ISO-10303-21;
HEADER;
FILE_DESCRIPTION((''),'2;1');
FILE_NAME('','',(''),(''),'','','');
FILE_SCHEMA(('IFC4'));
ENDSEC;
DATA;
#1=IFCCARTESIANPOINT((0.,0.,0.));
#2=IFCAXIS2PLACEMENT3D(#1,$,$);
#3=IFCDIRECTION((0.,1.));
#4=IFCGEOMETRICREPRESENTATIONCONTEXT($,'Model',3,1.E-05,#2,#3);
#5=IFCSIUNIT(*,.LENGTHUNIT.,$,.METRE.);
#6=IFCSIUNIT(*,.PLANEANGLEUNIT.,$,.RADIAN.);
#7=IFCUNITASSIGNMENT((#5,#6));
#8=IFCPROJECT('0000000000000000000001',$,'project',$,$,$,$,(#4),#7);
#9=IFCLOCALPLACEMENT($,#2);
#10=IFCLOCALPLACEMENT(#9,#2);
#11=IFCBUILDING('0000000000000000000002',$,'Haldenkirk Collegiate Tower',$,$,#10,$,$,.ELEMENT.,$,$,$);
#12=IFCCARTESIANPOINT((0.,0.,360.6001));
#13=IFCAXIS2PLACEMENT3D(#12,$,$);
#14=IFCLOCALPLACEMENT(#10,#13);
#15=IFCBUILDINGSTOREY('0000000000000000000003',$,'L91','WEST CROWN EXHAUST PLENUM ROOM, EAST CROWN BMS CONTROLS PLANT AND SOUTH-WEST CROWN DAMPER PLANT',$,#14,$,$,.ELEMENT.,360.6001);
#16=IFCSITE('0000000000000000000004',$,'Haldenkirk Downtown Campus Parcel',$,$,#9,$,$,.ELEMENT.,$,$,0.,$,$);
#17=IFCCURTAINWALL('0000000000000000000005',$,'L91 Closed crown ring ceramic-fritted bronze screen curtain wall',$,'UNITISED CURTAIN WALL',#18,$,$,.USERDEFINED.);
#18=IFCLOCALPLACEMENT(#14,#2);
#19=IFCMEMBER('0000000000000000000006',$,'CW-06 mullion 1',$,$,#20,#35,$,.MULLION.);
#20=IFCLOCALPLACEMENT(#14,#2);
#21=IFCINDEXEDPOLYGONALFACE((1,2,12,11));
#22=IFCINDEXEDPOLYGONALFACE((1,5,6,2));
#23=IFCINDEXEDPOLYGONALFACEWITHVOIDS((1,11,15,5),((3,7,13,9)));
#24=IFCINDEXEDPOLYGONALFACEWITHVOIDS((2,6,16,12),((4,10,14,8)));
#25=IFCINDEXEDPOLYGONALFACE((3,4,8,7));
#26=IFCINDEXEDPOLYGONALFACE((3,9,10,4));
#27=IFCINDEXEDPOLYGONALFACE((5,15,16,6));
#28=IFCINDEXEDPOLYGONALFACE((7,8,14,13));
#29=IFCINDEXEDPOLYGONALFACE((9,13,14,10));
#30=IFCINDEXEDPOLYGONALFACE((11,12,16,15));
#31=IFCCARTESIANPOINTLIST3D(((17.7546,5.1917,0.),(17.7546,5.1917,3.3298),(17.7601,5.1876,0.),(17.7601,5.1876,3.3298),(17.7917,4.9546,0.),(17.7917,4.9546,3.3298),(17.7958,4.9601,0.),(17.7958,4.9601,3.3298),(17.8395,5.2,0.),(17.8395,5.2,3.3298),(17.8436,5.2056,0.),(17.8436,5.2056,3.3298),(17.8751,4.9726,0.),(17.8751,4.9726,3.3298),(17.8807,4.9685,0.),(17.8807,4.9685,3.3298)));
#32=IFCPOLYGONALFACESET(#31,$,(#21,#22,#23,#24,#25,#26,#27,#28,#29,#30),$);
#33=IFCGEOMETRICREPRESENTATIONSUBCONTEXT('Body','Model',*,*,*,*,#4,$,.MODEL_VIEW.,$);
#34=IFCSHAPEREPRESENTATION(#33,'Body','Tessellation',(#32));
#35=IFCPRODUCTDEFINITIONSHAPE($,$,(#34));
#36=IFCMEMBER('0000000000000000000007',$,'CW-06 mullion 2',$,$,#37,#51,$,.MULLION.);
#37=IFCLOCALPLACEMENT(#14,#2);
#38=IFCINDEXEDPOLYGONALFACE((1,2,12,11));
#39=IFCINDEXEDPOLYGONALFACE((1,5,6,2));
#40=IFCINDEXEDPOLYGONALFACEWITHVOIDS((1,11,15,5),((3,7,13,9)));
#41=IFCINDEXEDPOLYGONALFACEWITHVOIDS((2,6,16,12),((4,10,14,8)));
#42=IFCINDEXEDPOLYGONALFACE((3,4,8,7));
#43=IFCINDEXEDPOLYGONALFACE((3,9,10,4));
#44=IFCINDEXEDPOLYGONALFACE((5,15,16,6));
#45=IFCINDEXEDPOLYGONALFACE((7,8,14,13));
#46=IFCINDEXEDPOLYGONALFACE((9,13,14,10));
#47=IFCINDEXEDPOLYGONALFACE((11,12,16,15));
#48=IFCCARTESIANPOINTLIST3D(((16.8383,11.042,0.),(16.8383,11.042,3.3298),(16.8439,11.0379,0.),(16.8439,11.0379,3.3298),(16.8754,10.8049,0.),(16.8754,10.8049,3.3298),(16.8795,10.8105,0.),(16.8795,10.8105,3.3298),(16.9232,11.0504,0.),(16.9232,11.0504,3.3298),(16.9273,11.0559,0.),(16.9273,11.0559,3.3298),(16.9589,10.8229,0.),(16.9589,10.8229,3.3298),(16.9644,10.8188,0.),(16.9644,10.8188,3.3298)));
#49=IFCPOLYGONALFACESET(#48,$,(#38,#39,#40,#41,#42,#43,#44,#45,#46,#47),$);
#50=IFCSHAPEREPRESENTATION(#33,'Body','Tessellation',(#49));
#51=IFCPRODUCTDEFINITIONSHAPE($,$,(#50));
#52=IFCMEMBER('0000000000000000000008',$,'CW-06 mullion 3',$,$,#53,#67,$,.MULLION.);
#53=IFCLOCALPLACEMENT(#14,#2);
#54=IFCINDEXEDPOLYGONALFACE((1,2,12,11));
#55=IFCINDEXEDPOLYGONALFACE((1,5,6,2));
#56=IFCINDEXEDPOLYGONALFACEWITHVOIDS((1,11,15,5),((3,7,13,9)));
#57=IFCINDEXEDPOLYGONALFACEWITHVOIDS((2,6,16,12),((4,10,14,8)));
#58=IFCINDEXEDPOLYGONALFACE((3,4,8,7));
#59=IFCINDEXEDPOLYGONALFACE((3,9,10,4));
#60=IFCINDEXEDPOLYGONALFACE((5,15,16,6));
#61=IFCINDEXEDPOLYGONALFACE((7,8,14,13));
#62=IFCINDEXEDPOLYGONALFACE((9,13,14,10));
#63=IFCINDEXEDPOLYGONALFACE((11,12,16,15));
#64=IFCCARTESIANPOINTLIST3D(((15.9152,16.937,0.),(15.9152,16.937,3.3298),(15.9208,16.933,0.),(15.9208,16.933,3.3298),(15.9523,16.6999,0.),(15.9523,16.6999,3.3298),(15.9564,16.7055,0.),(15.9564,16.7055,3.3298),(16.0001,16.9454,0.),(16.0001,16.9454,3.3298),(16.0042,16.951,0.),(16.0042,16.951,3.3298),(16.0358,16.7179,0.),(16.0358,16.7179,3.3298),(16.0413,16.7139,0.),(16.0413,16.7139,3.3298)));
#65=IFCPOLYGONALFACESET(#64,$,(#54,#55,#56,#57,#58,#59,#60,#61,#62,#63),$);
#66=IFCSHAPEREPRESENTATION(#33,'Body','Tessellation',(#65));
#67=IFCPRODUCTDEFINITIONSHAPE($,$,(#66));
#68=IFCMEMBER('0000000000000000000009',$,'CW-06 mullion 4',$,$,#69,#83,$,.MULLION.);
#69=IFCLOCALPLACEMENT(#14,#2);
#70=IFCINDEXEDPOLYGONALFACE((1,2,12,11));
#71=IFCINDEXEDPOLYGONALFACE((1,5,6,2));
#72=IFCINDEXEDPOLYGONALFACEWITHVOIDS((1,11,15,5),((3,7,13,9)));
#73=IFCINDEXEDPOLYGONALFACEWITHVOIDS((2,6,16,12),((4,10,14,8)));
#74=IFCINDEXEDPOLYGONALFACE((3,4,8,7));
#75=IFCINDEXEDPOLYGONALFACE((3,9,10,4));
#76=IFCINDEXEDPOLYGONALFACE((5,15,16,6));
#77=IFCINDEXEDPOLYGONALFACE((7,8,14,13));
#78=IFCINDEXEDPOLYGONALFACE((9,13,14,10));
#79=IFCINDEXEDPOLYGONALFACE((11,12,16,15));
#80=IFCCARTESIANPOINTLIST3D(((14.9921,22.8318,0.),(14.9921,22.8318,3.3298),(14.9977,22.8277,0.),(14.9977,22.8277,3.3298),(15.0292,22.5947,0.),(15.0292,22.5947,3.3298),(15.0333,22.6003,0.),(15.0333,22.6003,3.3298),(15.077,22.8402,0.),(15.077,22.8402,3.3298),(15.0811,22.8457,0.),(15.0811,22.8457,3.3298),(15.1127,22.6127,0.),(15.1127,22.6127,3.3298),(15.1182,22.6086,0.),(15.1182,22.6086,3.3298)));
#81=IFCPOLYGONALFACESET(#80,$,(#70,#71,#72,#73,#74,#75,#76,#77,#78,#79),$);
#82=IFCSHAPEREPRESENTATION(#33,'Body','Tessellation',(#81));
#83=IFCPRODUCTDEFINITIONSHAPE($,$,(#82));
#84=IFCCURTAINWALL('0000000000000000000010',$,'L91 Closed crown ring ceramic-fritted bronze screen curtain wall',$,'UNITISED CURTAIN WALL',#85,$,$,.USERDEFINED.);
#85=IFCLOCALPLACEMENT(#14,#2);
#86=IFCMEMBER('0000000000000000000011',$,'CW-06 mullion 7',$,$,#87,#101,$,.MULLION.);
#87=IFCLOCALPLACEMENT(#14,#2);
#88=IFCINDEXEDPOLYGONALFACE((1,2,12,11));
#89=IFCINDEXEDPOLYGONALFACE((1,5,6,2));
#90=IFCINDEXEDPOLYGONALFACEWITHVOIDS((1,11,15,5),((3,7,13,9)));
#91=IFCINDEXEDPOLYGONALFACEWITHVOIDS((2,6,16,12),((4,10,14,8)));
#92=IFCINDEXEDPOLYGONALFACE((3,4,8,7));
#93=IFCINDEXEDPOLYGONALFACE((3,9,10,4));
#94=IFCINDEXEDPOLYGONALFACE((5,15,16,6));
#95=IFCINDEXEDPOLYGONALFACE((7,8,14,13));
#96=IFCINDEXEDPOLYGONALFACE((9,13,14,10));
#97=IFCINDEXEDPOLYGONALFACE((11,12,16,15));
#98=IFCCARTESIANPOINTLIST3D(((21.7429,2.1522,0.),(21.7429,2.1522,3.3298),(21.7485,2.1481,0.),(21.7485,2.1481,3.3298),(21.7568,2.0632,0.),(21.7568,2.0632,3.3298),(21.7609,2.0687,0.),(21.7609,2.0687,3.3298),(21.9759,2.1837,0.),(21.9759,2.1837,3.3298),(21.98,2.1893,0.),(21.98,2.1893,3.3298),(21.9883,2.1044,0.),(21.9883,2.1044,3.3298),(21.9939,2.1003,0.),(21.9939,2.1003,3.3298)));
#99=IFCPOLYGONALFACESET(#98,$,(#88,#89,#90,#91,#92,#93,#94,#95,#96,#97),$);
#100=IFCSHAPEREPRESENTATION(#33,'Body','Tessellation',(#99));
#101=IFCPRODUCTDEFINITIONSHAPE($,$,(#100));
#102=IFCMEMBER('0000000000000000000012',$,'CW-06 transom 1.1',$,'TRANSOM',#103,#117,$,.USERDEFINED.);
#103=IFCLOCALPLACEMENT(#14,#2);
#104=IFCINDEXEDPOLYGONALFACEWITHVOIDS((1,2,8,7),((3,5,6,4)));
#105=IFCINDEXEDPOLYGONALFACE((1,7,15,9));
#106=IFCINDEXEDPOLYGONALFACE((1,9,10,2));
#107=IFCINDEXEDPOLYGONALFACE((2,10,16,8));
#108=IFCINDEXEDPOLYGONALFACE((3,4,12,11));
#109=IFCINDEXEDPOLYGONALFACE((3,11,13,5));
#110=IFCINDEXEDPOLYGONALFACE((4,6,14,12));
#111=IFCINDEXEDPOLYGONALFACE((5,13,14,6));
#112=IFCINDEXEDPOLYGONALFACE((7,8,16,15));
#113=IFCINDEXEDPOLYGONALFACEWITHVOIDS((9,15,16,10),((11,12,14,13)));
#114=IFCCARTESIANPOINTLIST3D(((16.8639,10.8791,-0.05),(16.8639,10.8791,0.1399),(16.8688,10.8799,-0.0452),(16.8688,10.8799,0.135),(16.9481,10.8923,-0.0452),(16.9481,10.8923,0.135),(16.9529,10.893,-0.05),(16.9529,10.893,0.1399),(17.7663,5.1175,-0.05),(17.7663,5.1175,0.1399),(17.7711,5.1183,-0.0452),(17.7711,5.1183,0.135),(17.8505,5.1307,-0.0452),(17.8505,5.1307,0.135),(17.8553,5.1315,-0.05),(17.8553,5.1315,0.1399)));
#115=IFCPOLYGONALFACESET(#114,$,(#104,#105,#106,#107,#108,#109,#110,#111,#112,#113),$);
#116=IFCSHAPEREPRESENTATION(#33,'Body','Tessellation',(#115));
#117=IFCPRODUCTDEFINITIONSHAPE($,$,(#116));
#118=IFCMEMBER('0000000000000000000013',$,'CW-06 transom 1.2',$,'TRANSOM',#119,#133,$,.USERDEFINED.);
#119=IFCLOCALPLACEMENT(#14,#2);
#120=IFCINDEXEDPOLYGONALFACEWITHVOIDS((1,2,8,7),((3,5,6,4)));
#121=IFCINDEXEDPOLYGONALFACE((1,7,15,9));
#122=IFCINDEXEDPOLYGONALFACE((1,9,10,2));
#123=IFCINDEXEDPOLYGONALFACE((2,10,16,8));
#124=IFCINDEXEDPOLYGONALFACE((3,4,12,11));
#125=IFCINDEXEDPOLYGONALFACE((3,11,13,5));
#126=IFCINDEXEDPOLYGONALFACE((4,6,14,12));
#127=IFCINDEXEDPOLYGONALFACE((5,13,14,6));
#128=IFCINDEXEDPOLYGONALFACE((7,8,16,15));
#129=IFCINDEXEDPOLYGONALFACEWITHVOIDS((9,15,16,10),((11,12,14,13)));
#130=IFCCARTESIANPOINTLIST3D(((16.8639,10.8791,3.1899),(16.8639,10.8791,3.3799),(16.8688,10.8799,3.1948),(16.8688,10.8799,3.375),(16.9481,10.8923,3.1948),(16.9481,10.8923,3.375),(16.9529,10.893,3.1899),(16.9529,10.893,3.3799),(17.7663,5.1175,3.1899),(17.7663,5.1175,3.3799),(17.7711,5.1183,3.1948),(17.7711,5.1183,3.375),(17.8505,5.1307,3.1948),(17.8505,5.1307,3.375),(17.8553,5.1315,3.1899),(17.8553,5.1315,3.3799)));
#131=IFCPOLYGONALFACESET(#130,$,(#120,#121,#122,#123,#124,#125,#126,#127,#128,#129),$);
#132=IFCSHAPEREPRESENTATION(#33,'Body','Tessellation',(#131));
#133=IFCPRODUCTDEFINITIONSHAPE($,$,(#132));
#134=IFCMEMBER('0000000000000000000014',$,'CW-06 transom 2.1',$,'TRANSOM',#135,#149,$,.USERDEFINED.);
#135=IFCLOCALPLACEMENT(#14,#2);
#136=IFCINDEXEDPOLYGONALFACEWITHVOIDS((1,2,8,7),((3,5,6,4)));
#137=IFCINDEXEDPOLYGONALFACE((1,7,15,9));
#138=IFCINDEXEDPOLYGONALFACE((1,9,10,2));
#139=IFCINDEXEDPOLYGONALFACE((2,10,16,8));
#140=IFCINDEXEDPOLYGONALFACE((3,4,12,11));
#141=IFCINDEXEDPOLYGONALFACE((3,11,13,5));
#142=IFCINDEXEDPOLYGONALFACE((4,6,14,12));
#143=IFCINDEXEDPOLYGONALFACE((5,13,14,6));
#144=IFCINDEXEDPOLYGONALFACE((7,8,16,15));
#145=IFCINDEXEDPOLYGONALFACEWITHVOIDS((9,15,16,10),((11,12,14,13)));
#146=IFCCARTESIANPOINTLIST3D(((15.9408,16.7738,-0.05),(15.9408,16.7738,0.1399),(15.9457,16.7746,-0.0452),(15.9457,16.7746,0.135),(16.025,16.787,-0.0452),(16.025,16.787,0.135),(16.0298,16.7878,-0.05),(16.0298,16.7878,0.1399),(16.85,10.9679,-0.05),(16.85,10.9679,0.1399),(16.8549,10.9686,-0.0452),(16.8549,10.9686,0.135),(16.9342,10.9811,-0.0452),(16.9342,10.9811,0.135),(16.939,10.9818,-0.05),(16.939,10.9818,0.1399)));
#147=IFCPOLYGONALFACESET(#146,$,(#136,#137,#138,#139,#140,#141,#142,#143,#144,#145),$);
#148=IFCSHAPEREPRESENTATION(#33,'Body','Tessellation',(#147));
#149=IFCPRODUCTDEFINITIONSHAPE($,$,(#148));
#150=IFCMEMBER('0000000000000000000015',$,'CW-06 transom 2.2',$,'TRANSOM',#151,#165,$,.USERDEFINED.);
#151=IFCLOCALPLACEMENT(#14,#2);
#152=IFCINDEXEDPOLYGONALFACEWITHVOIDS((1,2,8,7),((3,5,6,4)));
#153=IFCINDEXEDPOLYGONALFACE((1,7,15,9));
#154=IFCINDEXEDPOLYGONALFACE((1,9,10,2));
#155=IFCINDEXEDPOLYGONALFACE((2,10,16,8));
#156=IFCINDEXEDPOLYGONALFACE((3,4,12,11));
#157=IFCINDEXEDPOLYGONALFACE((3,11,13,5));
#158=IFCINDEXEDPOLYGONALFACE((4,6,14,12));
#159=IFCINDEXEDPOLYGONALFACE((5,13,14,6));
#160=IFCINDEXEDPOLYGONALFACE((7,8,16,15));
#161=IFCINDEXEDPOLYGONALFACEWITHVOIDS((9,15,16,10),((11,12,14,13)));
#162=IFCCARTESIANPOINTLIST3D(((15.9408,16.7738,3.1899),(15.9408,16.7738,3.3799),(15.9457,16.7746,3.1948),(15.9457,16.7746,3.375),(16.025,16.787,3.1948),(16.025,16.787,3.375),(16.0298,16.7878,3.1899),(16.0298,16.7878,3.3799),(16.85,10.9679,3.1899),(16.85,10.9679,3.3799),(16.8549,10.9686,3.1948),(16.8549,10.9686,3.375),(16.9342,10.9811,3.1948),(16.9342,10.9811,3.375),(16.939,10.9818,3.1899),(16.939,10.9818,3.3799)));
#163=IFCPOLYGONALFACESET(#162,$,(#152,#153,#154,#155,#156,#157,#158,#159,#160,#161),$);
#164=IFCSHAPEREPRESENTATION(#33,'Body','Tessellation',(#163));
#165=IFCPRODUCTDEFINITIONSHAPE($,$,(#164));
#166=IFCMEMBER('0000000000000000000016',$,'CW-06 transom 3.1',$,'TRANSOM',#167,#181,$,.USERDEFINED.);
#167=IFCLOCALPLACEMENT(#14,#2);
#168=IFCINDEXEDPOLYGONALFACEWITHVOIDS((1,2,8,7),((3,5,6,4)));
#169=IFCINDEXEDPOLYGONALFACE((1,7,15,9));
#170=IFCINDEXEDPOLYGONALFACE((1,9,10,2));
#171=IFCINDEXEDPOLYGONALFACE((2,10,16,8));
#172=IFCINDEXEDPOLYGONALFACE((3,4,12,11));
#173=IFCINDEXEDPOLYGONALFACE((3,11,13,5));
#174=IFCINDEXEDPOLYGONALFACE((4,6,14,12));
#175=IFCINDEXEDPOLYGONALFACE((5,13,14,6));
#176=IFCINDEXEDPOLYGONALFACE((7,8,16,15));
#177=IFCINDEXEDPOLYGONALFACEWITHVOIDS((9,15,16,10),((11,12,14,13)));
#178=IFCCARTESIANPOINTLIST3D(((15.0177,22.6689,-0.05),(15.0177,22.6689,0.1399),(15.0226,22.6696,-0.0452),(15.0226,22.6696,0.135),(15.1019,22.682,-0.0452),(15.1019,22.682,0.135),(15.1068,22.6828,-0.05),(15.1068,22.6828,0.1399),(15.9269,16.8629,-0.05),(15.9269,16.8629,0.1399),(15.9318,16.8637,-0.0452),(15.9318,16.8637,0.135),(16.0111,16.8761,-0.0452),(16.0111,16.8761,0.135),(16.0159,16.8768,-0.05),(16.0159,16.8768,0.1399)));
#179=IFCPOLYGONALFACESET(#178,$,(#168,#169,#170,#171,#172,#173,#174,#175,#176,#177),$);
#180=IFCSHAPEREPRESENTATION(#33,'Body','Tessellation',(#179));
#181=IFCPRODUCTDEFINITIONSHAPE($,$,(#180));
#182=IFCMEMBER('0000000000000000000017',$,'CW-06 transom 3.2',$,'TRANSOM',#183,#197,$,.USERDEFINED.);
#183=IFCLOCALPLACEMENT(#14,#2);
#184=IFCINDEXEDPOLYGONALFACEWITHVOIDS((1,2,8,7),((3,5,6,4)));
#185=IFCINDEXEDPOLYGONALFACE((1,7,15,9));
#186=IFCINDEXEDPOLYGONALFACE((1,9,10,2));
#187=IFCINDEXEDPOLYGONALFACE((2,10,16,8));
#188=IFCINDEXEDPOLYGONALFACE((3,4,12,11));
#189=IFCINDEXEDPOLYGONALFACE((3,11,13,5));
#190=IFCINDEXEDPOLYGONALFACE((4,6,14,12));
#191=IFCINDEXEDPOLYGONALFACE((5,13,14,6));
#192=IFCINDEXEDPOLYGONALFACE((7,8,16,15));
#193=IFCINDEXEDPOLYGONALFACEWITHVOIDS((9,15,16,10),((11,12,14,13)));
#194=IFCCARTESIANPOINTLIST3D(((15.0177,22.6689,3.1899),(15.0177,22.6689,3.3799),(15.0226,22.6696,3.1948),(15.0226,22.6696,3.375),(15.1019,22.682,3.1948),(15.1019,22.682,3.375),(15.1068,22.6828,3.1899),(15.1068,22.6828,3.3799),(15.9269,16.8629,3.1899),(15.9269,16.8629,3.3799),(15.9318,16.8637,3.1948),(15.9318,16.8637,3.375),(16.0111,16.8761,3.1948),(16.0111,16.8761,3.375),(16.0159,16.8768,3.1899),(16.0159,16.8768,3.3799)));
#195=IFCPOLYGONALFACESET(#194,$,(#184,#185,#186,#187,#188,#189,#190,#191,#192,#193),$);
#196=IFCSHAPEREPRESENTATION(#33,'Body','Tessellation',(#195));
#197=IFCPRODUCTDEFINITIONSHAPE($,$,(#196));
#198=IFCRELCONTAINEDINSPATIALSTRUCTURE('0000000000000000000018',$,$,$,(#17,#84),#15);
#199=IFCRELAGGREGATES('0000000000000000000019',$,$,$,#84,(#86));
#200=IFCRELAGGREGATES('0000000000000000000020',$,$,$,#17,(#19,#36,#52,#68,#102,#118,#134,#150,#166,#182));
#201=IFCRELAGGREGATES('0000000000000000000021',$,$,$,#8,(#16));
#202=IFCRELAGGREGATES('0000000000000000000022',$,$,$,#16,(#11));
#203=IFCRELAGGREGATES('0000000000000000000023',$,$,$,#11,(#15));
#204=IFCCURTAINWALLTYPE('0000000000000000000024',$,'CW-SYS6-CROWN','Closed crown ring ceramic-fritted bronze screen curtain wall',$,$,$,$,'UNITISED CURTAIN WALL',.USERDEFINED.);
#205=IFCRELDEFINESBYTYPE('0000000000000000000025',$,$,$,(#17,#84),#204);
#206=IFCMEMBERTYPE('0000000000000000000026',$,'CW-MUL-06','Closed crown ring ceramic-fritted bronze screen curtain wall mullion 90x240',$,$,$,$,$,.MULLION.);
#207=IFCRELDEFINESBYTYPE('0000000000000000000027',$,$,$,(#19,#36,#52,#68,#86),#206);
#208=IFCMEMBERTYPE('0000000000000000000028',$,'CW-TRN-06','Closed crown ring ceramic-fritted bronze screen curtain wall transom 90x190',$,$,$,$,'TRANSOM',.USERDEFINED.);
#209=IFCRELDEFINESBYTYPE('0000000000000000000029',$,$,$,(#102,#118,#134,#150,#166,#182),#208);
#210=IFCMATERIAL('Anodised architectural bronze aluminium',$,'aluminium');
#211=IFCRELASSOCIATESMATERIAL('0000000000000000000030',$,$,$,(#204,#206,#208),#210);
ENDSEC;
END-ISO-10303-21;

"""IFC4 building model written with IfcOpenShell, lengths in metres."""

from ifc_helpers import new_model, si_unit, direction, frame, origin, origin_2d, place, context, subcontext, project, spatial, hollow_rectangle, extrude, material, material_profile, profile_set, type_object, element, aggregate, save


model = new_model("IFC4")

# Units and contexts
model_context = context("Model", 3, precision=1e-05, world=origin(), true_north=direction((0.0, 1.0)))
body_context = subcontext(model_context, "Body", "Model", "MODEL_VIEW")
ifc_project = project(units=[si_unit("LENGTHUNIT", "METRE"), si_unit("PLANEANGLEUNIT", "RADIAN")], contexts=[model_context])

# Site, building, storey
site_placement = place(None, origin())
site = spatial("IfcSite", under=ifc_project, at=site_placement, Name="Haldenkirk Downtown Campus Parcel", CompositionType="ELEMENT", RefElevation=0.0)
building_placement = place(site_placement, origin())
building = spatial("IfcBuilding", under=site, at=building_placement, Name="Haldenkirk Collegiate Tower", CompositionType="ELEMENT")
storey_placement = place(building_placement, frame((0.0, 0.0, 360.6001)))
storey = spatial("IfcBuildingStorey", under=building, at=storey_placement, Name="L91", Description="WEST CROWN EXHAUST PLENUM ROOM, EAST CROWN BMS CONTROLS PLANT AND SOUTH-WEST CROWN DAMPER PLANT", CompositionType="ELEMENT", Elevation=360.6001)

# Curtain wall, members
ifc_material_1 = material(Name="Anodised architectural bronze aluminium", Category="aluminium")
curtain_wall_type = type_object("IfcCurtainWallType", Name="CW-SYS6-CROWN", Description="Closed crown ring ceramic-fritted bronze screen curtain wall", ElementType="UNITISED CURTAIN WALL", PredefinedType="USERDEFINED", material=ifc_material_1)
curtain_wall_1_placement = place(storey_placement, origin())
curtain_wall_1 = element("IfcCurtainWall", 1, at=curtain_wall_1_placement, inside=storey, type_object=curtain_wall_type, Name="L91 Closed crown ring ceramic-fritted bronze screen curtain wall", ObjectType="UNITISED CURTAIN WALL", PredefinedType="USERDEFINED")
ifc_material_profile_1 = material_profile(ifc_material_1, hollow_rectangle(XDim=0.0901, YDim=0.24, WallThickness=0.0049, at=origin_2d()), Name="CW-MUL-06")
ifc_profile_set_1 = profile_set([ifc_material_profile_1], Name="Anodised architectural bronze aluminium")
member_type_1 = type_object("IfcMemberType", Name="CW-MUL-06", Description="Closed crown ring ceramic-fritted bronze screen curtain wall mullion 90x240", PredefinedType="MULLION", material=ifc_profile_set_1)
member_1_placement = place(storey_placement, frame((17.8176, 5.0801, 0.0), z_axis=(0.0, 0.0, 1.0), x_axis=(-0.98796, -0.154713, 0.0)))
member_1 = element("IfcMember", 2, at=member_1_placement, type_object=member_type_1, Name="CW-06 mullion 1", PredefinedType="MULLION", context=body_context, shape_type="SweptSolid", body=[
    extrude(hollow_rectangle(XDim=0.0901, YDim=0.24, WallThickness=0.0049, at=origin_2d()), origin(), (0.0, 0.0, 1.0), 3.3298),
])
member_2_placement = place(storey_placement, frame((16.9014, 10.9304, 0.0), z_axis=(0.0, 0.0, 1.0), x_axis=(-0.98796, -0.154713, 0.0)))
member_2 = element("IfcMember", 3, at=member_2_placement, type_object=member_type_1, Name="CW-06 mullion 2", PredefinedType="MULLION", context=body_context, shape_type="SweptSolid", body=[
    extrude(hollow_rectangle(XDim=0.0901, YDim=0.24, WallThickness=0.0049, at=origin_2d()), origin(), (0.0, 0.0, 1.0), 3.3298),
])
member_3_placement = place(storey_placement, frame((15.9783, 16.8254, 0.0), z_axis=(0.0, 0.0, 1.0), x_axis=(-0.98796, -0.154713, 0.0)))
member_3 = element("IfcMember", 4, at=member_3_placement, type_object=member_type_1, Name="CW-06 mullion 3", PredefinedType="MULLION", context=body_context, shape_type="SweptSolid", body=[
    extrude(hollow_rectangle(XDim=0.0901, YDim=0.24, WallThickness=0.0049, at=origin_2d()), origin(), (0.0, 0.0, 1.0), 3.3298),
])
member_4_placement = place(storey_placement, frame((15.0552, 22.7202, 0.0), z_axis=(0.0, 0.0, 1.0), x_axis=(-0.98796, -0.154713, 0.0)))
member_4 = element("IfcMember", 5, at=member_4_placement, type_object=member_type_1, Name="CW-06 mullion 4", PredefinedType="MULLION", context=body_context, shape_type="SweptSolid", body=[
    extrude(hollow_rectangle(XDim=0.0901, YDim=0.24, WallThickness=0.0049, at=origin_2d()), origin(), (0.0, 0.0, 1.0), 3.3298),
])

# Curtain wall, member
curtain_wall_2_placement = place(storey_placement, origin())
curtain_wall_2 = element("IfcCurtainWall", 6, at=curtain_wall_2_placement, inside=storey, type_object=curtain_wall_type, Name="L91 Closed crown ring ceramic-fritted bronze screen curtain wall", ObjectType="UNITISED CURTAIN WALL", PredefinedType="USERDEFINED")
member_5_placement = place(storey_placement, frame((21.8684, 2.1262, 0.0), z_axis=(0.0, 0.0, 1.0), x_axis=(0.154709, -0.98796, 0.0)))
member_5 = element("IfcMember", 7, at=member_5_placement, type_object=member_type_1, Name="CW-06 mullion 7", PredefinedType="MULLION", context=body_context, shape_type="SweptSolid", body=[
    extrude(hollow_rectangle(XDim=0.0901, YDim=0.24, WallThickness=0.0049, at=origin_2d()), origin(), (0.0, 0.0, 1.0), 3.3298),
])
aggregate(curtain_wall_2, [member_5])

# Members
ifc_material_profile_2 = material_profile(ifc_material_1, hollow_rectangle(XDim=0.0901, YDim=0.1899, WallThickness=0.0049, at=origin_2d()), Name="CW-TRN-06")
ifc_profile_set_2 = profile_set([ifc_material_profile_2], Name="Anodised architectural bronze aluminium")
member_type_2 = type_object("IfcMemberType", Name="CW-TRN-06", Description="Closed crown ring ceramic-fritted bronze screen curtain wall transom 90x190", ElementType="TRANSOM", PredefinedType="USERDEFINED", material=ifc_profile_set_2)
member_6_placement = place(storey_placement, frame((17.8108, 5.1245, 0.0449), z_axis=(-0.154731, 0.987957, 0.0), x_axis=(-0.987957, -0.154731, 0.0)))
member_6 = element("IfcMember", 8, at=member_6_placement, type_object=member_type_2, Name="CW-06 transom 1.1", ObjectType="TRANSOM", PredefinedType="USERDEFINED", context=body_context, shape_type="SweptSolid", body=[
    extrude(hollow_rectangle(XDim=0.0901, YDim=0.1899, WallThickness=0.0049, at=origin_2d()), origin(), (0.0, 0.0, 1.0), 5.8318),
])
member_7_placement = place(storey_placement, frame((17.8108, 5.1245, 3.2849), z_axis=(-0.154731, 0.987957, 0.0), x_axis=(-0.987957, -0.154731, 0.0)))
member_7 = element("IfcMember", 9, at=member_7_placement, type_object=member_type_2, Name="CW-06 transom 1.2", ObjectType="TRANSOM", PredefinedType="USERDEFINED", context=body_context, shape_type="SweptSolid", body=[
    extrude(hollow_rectangle(XDim=0.0901, YDim=0.1899, WallThickness=0.0049, at=origin_2d()), origin(), (0.0, 0.0, 1.0), 5.8318),
])
member_8_placement = place(storey_placement, frame((16.8945, 10.9749, 0.0449), z_axis=(-0.15471, 0.98796, 0.0), x_axis=(-0.98796, -0.15471, 0.0)))
member_8 = element("IfcMember", 10, at=member_8_placement, type_object=member_type_2, Name="CW-06 transom 2.1", ObjectType="TRANSOM", PredefinedType="USERDEFINED", context=body_context, shape_type="SweptSolid", body=[
    extrude(hollow_rectangle(XDim=0.0901, YDim=0.1899, WallThickness=0.0049, at=origin_2d()), origin(), (0.0, 0.0, 1.0), 5.8767),
])
member_9_placement = place(storey_placement, frame((16.8945, 10.9749, 3.2849), z_axis=(-0.15471, 0.98796, 0.0), x_axis=(-0.98796, -0.15471, 0.0)))
member_9 = element("IfcMember", 11, at=member_9_placement, type_object=member_type_2, Name="CW-06 transom 2.2", ObjectType="TRANSOM", PredefinedType="USERDEFINED", context=body_context, shape_type="SweptSolid", body=[
    extrude(hollow_rectangle(XDim=0.0901, YDim=0.1899, WallThickness=0.0049, at=origin_2d()), origin(), (0.0, 0.0, 1.0), 5.8767),
])
member_10_placement = place(storey_placement, frame((15.9714, 16.8699, 0.0449), z_axis=(-0.15471, 0.98796, 0.0), x_axis=(-0.98796, -0.15471, 0.0)))
member_10 = element("IfcMember", 12, at=member_10_placement, type_object=member_type_2, Name="CW-06 transom 3.1", ObjectType="TRANSOM", PredefinedType="USERDEFINED", context=body_context, shape_type="SweptSolid", body=[
    extrude(hollow_rectangle(XDim=0.0901, YDim=0.1899, WallThickness=0.0049, at=origin_2d()), origin(), (0.0, 0.0, 1.0), 5.8767),
])
member_11_placement = place(storey_placement, frame((15.9714, 16.8699, 3.2849), z_axis=(-0.15471, 0.98796, 0.0), x_axis=(-0.98796, -0.15471, 0.0)))
member_11 = element("IfcMember", 13, at=member_11_placement, type_object=member_type_2, Name="CW-06 transom 3.2", ObjectType="TRANSOM", PredefinedType="USERDEFINED", context=body_context, shape_type="SweptSolid", body=[
    extrude(hollow_rectangle(XDim=0.0901, YDim=0.1899, WallThickness=0.0049, at=origin_2d()), origin(), (0.0, 0.0, 1.0), 5.8767),
])

aggregate(curtain_wall_1, [member_1, member_2, member_3, member_4, member_6, member_7, member_8, member_9, member_10, member_11])

save(model, "model.ifc")
